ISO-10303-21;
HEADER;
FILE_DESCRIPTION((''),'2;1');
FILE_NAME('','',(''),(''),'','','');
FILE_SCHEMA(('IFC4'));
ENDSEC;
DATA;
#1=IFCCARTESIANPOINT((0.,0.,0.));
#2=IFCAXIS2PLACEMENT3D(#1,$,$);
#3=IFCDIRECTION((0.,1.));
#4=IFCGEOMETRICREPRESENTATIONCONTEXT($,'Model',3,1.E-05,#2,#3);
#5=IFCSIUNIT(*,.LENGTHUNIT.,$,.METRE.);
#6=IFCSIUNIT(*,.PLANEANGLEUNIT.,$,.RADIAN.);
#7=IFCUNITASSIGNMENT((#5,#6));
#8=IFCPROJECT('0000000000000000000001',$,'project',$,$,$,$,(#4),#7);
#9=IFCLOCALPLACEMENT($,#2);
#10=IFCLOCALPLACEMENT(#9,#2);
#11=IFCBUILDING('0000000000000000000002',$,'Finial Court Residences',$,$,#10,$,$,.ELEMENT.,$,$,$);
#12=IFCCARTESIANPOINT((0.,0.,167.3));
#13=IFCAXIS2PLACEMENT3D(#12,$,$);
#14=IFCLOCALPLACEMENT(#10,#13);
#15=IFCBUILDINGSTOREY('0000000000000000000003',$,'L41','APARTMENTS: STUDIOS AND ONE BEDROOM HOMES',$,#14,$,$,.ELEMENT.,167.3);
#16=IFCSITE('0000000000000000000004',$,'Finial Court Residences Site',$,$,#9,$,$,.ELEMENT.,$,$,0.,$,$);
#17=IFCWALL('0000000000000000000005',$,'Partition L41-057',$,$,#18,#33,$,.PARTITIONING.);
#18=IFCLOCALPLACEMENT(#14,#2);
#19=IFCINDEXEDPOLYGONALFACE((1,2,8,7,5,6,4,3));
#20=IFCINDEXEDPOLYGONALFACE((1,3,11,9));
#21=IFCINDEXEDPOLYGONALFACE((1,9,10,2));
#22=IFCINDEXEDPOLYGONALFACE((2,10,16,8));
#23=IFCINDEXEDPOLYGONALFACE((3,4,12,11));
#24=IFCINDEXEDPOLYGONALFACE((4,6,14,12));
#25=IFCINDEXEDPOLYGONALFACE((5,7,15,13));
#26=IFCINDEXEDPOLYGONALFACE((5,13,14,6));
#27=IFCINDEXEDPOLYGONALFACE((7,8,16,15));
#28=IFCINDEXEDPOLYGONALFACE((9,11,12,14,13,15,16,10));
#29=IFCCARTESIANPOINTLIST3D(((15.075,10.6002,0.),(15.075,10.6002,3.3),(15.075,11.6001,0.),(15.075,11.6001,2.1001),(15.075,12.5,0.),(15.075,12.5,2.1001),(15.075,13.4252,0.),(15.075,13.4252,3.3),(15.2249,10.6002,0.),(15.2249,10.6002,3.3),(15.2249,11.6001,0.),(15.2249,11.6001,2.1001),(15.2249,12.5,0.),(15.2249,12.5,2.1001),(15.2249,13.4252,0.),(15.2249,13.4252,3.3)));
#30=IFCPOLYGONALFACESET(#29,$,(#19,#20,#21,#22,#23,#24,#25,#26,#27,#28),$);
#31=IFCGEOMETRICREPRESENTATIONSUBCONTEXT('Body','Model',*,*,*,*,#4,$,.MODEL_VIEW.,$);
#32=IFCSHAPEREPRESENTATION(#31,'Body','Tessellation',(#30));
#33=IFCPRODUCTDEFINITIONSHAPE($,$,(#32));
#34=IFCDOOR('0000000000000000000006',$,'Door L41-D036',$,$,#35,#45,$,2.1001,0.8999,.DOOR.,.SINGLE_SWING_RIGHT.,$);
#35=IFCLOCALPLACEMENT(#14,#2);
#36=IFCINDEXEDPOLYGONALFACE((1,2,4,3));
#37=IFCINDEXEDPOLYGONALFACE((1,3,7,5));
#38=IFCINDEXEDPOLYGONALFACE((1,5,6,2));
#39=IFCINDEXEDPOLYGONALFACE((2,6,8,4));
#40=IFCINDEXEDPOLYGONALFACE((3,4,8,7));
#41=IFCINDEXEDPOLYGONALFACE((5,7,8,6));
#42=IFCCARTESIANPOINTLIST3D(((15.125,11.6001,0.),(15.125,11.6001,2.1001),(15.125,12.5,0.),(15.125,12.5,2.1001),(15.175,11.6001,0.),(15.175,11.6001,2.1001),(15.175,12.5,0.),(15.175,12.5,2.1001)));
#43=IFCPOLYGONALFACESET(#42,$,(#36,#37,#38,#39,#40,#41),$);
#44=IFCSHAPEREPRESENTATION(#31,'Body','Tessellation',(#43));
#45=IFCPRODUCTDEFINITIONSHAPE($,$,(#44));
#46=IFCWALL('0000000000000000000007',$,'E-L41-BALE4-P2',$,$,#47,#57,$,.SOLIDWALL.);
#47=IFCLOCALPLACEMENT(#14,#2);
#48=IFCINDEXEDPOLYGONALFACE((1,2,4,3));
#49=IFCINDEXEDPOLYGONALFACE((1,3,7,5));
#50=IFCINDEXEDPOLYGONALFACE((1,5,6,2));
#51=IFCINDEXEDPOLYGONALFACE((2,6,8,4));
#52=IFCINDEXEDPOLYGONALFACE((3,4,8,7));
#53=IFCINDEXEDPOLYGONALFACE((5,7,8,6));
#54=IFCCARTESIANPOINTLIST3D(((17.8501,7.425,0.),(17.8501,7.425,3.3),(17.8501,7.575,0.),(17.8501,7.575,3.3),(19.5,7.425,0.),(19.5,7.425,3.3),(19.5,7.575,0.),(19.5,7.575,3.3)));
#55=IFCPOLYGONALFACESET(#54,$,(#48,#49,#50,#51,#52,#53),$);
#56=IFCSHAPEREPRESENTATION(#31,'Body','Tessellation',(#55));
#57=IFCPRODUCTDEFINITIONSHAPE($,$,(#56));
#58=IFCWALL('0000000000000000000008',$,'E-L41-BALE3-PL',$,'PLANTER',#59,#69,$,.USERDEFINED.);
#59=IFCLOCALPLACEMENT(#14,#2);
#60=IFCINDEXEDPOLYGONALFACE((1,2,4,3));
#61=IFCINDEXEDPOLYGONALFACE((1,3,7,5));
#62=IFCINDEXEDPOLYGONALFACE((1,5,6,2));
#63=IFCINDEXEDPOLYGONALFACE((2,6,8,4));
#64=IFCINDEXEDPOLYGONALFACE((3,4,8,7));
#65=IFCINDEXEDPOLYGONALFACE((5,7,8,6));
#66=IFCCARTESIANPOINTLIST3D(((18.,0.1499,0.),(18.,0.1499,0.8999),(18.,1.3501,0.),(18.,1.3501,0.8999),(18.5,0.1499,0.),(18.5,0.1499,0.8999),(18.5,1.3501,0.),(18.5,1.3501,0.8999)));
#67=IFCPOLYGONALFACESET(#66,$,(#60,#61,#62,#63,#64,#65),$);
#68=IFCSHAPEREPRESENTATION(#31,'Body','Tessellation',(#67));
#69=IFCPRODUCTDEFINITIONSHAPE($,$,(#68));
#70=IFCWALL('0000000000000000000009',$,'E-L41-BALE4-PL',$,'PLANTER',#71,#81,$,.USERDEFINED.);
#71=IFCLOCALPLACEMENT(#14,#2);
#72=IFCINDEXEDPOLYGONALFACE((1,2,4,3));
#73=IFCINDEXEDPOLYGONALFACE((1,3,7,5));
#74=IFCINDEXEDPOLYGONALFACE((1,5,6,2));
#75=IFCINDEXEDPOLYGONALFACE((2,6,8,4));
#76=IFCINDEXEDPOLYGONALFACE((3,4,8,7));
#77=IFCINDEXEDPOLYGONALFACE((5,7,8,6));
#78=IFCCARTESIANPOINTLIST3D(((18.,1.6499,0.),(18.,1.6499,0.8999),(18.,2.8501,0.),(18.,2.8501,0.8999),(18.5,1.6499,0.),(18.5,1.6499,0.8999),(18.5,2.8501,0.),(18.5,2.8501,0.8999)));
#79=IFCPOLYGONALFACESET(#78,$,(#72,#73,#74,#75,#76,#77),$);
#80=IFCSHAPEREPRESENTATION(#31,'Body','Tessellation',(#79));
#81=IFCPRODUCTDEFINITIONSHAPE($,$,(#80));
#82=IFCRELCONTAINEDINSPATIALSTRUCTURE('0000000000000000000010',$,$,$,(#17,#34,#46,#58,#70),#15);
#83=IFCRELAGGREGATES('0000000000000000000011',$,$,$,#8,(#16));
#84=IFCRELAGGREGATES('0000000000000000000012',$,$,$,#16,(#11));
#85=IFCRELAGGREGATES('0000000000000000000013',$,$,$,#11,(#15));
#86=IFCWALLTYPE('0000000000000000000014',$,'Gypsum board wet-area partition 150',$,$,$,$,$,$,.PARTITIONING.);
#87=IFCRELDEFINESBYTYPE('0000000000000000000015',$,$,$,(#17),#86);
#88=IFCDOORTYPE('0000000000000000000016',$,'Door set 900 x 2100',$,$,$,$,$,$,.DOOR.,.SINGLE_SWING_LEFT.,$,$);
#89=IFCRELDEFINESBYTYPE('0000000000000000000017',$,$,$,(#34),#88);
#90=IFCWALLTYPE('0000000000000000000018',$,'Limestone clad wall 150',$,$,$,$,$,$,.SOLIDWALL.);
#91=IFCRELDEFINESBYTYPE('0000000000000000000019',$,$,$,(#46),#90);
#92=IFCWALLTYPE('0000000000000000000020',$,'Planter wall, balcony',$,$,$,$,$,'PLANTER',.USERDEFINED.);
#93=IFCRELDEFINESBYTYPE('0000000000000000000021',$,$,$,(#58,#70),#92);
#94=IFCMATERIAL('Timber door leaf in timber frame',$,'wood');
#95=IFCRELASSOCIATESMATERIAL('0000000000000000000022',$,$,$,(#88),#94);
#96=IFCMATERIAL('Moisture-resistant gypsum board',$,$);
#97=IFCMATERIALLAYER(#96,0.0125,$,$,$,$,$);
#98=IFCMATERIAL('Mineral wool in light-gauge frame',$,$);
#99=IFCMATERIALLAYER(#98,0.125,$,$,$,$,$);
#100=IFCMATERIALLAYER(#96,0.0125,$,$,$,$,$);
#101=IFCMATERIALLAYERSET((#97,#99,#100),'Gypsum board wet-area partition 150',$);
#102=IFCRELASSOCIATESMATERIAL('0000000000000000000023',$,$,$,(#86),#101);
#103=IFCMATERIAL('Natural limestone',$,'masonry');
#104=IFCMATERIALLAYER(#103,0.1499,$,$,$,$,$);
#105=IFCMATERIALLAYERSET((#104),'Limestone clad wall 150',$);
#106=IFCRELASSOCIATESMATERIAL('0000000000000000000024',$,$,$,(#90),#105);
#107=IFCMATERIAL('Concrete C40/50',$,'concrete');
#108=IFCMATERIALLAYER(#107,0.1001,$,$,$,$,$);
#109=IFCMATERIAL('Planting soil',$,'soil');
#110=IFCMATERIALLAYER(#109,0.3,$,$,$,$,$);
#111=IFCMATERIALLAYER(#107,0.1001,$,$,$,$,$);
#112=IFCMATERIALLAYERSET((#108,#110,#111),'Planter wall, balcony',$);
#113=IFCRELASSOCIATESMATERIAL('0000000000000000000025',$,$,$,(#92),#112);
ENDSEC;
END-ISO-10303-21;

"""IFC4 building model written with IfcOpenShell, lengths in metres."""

from ifc_helpers import new_model, si_unit, direction, frame, frame_2d, origin, place, context, subcontext, project, spatial, rectangle, extrude, material, layer, layer_set, type_object, element, fill, save


model = new_model("IFC4")

# Units and contexts
model_context = context("Model", 3, precision=1e-05, world=origin(), true_north=direction((0.0, 1.0)))
body_context = subcontext(model_context, "Body", "Model", "MODEL_VIEW")
ifc_project = project(units=[si_unit("LENGTHUNIT", "METRE"), si_unit("PLANEANGLEUNIT", "RADIAN")], contexts=[model_context])

# Site, building, storey
site_placement = place(None, origin())
site = spatial("IfcSite", under=ifc_project, at=site_placement, Name="Finial Court Residences Site", CompositionType="ELEMENT", RefElevation=0.0)
building_placement = place(site_placement, origin())
building = spatial("IfcBuilding", under=site, at=building_placement, Name="Finial Court Residences", CompositionType="ELEMENT")
storey_placement = place(building_placement, frame((0.0, 0.0, 167.3)))
storey = spatial("IfcBuildingStorey", under=building, at=storey_placement, Name="L41", Description="APARTMENTS: STUDIOS AND ONE BEDROOM HOMES", CompositionType="ELEMENT", Elevation=167.3)

# Wall, opening, door
ifc_material_1 = material(Name="Mineral wool in light-gauge frame")
ifc_material_2 = material(Name="Timber door leaf in timber frame", Category="wood")
door_type_1 = type_object("IfcDoorType", Name="Door set 900 x 2100", OperationType="SINGLE_SWING_LEFT", PredefinedType="DOOR", material=ifc_material_2)
ifc_material_3 = material(Name="Moisture-resistant gypsum board")
ifc_layer_1 = layer(ifc_material_3, 0.0125)
ifc_layer_2 = layer(ifc_material_1, 0.125)
ifc_layer_3 = layer(ifc_material_3, 0.0125)
ifc_layer_set_1 = layer_set([ifc_layer_1, ifc_layer_2, ifc_layer_3], Name="Gypsum board wet-area partition 150")
wall_type_1 = type_object("IfcWallType", Name="Gypsum board wet-area partition 150", PredefinedType="PARTITIONING", material=ifc_layer_set_1)
wall_1_placement = place(storey_placement, frame((15.1499, 10.6001, 0.0), z_axis=(0.0, 0.0, 1.0), x_axis=(0.0, 1.0, 0.0)))
wall_1 = element("IfcWall", 1, at=wall_1_placement, inside=storey, type_object=wall_type_1, Name="Partition L41-057", PredefinedType="PARTITIONING", context=body_context, shape_type="SweptSolid", body=[
    extrude(rectangle(XDim=2.825, YDim=0.1499, at=frame_2d((1.4126, 0.0))), origin(), (0.0, 0.0, 1.0), 3.3),
])
opening_1_placement = place(wall_1_placement, frame((1.0, 0.0, 0.0)))
opening_1 = element("IfcOpeningElement", 2, at=opening_1_placement, cuts=wall_1, PredefinedType="OPENING", context=body_context, shape_type="SweptSolid", body=[
    extrude(rectangle(XDim=0.8999, YDim=2.1001, at=frame_2d((0.45, 1.05))), frame((0.0, 0.085, 0.0), z_axis=(0.0, -1.0, 0.0), x_axis=(1.0, 0.0, 0.0)), (0.0, 0.0, 1.0), 0.1699),
])
door_1_placement = place(opening_1_placement, origin())
door_1 = element("IfcDoor", 3, at=door_1_placement, inside=storey, type_object=door_type_1, Name="Door L41-D036", OperationType="SINGLE_SWING_RIGHT", OverallHeight=2.1001, OverallWidth=0.8999, PredefinedType="DOOR", context=body_context, shape_type="SweptSolid", body=[
    extrude(rectangle(XDim=0.8999, YDim=2.1001, at=frame_2d((0.45, 1.05))), frame((0.0, 0.0249, 0.0), z_axis=(0.0, -1.0, 0.0), x_axis=(1.0, 0.0, 0.0)), (0.0, 0.0, 1.0), 0.05),
])
fill(opening_1, door_1)

# Shared definitions
ifc_material_4 = material(Name="Natural limestone", Category="masonry")
ifc_layer_4 = layer(ifc_material_4, 0.1499)
ifc_layer_set_2 = layer_set([ifc_layer_4], Name="Limestone clad wall 150")
wall_type_2 = type_object("IfcWallType", Name="Limestone clad wall 150", PredefinedType="SOLIDWALL", material=ifc_layer_set_2)

# Wall
wall_2_placement = place(storey_placement, frame((17.8501, 7.5, 0.0), z_axis=(0.0, 0.0, 1.0), x_axis=(1.0, 0.0, 0.0)))
element("IfcWall", 4, at=wall_2_placement, inside=storey, type_object=wall_type_2, Name="E-L41-BALE4-P2", PredefinedType="SOLIDWALL", context=body_context, shape_type="SweptSolid", body=[
    extrude(rectangle(XDim=1.6499, YDim=0.1499, at=frame_2d((0.825, 0.0))), origin(), (0.0, 0.0, 1.0), 3.3),
])

# Walls
ifc_material_5 = material(Name="Concrete C40/50", Category="concrete")
ifc_layer_5 = layer(ifc_material_5, 0.1001)
ifc_material_6 = material(Name="Planting soil", Category="soil")
ifc_layer_6 = layer(ifc_material_6, 0.3)
ifc_layer_7 = layer(ifc_material_5, 0.1001)
ifc_layer_set_3 = layer_set([ifc_layer_5, ifc_layer_6, ifc_layer_7], Name="Planter wall, balcony")
wall_type_3 = type_object("IfcWallType", Name="Planter wall, balcony", ElementType="PLANTER", PredefinedType="USERDEFINED", material=ifc_layer_set_3)
for number, where, z_axis, x_axis, name in (
    (5, (18.25, 0.1499, 0.0), (0.0, 0.0, 1.0), (0.0, 1.0, 0.0), "E-L41-BALE3-PL"),
    (6, (18.25, 1.6499, 0.0), (0.0, 0.0, 1.0), (0.0, 1.0, 0.0), "E-L41-BALE4-PL"),
):
    element("IfcWall", number, at=place(storey_placement, frame(where, z_axis=z_axis, x_axis=x_axis)), inside=storey, type_object=wall_type_3, Name=name, ObjectType="PLANTER", PredefinedType="USERDEFINED", context=body_context, shape_type="SweptSolid", body=[
        extrude(rectangle(XDim=1.2002, YDim=0.5, at=frame_2d((0.6001, 0.0))), origin(), (0.0, 0.0, 1.0), 0.8999),
    ])

save(model, "model.ifc")
